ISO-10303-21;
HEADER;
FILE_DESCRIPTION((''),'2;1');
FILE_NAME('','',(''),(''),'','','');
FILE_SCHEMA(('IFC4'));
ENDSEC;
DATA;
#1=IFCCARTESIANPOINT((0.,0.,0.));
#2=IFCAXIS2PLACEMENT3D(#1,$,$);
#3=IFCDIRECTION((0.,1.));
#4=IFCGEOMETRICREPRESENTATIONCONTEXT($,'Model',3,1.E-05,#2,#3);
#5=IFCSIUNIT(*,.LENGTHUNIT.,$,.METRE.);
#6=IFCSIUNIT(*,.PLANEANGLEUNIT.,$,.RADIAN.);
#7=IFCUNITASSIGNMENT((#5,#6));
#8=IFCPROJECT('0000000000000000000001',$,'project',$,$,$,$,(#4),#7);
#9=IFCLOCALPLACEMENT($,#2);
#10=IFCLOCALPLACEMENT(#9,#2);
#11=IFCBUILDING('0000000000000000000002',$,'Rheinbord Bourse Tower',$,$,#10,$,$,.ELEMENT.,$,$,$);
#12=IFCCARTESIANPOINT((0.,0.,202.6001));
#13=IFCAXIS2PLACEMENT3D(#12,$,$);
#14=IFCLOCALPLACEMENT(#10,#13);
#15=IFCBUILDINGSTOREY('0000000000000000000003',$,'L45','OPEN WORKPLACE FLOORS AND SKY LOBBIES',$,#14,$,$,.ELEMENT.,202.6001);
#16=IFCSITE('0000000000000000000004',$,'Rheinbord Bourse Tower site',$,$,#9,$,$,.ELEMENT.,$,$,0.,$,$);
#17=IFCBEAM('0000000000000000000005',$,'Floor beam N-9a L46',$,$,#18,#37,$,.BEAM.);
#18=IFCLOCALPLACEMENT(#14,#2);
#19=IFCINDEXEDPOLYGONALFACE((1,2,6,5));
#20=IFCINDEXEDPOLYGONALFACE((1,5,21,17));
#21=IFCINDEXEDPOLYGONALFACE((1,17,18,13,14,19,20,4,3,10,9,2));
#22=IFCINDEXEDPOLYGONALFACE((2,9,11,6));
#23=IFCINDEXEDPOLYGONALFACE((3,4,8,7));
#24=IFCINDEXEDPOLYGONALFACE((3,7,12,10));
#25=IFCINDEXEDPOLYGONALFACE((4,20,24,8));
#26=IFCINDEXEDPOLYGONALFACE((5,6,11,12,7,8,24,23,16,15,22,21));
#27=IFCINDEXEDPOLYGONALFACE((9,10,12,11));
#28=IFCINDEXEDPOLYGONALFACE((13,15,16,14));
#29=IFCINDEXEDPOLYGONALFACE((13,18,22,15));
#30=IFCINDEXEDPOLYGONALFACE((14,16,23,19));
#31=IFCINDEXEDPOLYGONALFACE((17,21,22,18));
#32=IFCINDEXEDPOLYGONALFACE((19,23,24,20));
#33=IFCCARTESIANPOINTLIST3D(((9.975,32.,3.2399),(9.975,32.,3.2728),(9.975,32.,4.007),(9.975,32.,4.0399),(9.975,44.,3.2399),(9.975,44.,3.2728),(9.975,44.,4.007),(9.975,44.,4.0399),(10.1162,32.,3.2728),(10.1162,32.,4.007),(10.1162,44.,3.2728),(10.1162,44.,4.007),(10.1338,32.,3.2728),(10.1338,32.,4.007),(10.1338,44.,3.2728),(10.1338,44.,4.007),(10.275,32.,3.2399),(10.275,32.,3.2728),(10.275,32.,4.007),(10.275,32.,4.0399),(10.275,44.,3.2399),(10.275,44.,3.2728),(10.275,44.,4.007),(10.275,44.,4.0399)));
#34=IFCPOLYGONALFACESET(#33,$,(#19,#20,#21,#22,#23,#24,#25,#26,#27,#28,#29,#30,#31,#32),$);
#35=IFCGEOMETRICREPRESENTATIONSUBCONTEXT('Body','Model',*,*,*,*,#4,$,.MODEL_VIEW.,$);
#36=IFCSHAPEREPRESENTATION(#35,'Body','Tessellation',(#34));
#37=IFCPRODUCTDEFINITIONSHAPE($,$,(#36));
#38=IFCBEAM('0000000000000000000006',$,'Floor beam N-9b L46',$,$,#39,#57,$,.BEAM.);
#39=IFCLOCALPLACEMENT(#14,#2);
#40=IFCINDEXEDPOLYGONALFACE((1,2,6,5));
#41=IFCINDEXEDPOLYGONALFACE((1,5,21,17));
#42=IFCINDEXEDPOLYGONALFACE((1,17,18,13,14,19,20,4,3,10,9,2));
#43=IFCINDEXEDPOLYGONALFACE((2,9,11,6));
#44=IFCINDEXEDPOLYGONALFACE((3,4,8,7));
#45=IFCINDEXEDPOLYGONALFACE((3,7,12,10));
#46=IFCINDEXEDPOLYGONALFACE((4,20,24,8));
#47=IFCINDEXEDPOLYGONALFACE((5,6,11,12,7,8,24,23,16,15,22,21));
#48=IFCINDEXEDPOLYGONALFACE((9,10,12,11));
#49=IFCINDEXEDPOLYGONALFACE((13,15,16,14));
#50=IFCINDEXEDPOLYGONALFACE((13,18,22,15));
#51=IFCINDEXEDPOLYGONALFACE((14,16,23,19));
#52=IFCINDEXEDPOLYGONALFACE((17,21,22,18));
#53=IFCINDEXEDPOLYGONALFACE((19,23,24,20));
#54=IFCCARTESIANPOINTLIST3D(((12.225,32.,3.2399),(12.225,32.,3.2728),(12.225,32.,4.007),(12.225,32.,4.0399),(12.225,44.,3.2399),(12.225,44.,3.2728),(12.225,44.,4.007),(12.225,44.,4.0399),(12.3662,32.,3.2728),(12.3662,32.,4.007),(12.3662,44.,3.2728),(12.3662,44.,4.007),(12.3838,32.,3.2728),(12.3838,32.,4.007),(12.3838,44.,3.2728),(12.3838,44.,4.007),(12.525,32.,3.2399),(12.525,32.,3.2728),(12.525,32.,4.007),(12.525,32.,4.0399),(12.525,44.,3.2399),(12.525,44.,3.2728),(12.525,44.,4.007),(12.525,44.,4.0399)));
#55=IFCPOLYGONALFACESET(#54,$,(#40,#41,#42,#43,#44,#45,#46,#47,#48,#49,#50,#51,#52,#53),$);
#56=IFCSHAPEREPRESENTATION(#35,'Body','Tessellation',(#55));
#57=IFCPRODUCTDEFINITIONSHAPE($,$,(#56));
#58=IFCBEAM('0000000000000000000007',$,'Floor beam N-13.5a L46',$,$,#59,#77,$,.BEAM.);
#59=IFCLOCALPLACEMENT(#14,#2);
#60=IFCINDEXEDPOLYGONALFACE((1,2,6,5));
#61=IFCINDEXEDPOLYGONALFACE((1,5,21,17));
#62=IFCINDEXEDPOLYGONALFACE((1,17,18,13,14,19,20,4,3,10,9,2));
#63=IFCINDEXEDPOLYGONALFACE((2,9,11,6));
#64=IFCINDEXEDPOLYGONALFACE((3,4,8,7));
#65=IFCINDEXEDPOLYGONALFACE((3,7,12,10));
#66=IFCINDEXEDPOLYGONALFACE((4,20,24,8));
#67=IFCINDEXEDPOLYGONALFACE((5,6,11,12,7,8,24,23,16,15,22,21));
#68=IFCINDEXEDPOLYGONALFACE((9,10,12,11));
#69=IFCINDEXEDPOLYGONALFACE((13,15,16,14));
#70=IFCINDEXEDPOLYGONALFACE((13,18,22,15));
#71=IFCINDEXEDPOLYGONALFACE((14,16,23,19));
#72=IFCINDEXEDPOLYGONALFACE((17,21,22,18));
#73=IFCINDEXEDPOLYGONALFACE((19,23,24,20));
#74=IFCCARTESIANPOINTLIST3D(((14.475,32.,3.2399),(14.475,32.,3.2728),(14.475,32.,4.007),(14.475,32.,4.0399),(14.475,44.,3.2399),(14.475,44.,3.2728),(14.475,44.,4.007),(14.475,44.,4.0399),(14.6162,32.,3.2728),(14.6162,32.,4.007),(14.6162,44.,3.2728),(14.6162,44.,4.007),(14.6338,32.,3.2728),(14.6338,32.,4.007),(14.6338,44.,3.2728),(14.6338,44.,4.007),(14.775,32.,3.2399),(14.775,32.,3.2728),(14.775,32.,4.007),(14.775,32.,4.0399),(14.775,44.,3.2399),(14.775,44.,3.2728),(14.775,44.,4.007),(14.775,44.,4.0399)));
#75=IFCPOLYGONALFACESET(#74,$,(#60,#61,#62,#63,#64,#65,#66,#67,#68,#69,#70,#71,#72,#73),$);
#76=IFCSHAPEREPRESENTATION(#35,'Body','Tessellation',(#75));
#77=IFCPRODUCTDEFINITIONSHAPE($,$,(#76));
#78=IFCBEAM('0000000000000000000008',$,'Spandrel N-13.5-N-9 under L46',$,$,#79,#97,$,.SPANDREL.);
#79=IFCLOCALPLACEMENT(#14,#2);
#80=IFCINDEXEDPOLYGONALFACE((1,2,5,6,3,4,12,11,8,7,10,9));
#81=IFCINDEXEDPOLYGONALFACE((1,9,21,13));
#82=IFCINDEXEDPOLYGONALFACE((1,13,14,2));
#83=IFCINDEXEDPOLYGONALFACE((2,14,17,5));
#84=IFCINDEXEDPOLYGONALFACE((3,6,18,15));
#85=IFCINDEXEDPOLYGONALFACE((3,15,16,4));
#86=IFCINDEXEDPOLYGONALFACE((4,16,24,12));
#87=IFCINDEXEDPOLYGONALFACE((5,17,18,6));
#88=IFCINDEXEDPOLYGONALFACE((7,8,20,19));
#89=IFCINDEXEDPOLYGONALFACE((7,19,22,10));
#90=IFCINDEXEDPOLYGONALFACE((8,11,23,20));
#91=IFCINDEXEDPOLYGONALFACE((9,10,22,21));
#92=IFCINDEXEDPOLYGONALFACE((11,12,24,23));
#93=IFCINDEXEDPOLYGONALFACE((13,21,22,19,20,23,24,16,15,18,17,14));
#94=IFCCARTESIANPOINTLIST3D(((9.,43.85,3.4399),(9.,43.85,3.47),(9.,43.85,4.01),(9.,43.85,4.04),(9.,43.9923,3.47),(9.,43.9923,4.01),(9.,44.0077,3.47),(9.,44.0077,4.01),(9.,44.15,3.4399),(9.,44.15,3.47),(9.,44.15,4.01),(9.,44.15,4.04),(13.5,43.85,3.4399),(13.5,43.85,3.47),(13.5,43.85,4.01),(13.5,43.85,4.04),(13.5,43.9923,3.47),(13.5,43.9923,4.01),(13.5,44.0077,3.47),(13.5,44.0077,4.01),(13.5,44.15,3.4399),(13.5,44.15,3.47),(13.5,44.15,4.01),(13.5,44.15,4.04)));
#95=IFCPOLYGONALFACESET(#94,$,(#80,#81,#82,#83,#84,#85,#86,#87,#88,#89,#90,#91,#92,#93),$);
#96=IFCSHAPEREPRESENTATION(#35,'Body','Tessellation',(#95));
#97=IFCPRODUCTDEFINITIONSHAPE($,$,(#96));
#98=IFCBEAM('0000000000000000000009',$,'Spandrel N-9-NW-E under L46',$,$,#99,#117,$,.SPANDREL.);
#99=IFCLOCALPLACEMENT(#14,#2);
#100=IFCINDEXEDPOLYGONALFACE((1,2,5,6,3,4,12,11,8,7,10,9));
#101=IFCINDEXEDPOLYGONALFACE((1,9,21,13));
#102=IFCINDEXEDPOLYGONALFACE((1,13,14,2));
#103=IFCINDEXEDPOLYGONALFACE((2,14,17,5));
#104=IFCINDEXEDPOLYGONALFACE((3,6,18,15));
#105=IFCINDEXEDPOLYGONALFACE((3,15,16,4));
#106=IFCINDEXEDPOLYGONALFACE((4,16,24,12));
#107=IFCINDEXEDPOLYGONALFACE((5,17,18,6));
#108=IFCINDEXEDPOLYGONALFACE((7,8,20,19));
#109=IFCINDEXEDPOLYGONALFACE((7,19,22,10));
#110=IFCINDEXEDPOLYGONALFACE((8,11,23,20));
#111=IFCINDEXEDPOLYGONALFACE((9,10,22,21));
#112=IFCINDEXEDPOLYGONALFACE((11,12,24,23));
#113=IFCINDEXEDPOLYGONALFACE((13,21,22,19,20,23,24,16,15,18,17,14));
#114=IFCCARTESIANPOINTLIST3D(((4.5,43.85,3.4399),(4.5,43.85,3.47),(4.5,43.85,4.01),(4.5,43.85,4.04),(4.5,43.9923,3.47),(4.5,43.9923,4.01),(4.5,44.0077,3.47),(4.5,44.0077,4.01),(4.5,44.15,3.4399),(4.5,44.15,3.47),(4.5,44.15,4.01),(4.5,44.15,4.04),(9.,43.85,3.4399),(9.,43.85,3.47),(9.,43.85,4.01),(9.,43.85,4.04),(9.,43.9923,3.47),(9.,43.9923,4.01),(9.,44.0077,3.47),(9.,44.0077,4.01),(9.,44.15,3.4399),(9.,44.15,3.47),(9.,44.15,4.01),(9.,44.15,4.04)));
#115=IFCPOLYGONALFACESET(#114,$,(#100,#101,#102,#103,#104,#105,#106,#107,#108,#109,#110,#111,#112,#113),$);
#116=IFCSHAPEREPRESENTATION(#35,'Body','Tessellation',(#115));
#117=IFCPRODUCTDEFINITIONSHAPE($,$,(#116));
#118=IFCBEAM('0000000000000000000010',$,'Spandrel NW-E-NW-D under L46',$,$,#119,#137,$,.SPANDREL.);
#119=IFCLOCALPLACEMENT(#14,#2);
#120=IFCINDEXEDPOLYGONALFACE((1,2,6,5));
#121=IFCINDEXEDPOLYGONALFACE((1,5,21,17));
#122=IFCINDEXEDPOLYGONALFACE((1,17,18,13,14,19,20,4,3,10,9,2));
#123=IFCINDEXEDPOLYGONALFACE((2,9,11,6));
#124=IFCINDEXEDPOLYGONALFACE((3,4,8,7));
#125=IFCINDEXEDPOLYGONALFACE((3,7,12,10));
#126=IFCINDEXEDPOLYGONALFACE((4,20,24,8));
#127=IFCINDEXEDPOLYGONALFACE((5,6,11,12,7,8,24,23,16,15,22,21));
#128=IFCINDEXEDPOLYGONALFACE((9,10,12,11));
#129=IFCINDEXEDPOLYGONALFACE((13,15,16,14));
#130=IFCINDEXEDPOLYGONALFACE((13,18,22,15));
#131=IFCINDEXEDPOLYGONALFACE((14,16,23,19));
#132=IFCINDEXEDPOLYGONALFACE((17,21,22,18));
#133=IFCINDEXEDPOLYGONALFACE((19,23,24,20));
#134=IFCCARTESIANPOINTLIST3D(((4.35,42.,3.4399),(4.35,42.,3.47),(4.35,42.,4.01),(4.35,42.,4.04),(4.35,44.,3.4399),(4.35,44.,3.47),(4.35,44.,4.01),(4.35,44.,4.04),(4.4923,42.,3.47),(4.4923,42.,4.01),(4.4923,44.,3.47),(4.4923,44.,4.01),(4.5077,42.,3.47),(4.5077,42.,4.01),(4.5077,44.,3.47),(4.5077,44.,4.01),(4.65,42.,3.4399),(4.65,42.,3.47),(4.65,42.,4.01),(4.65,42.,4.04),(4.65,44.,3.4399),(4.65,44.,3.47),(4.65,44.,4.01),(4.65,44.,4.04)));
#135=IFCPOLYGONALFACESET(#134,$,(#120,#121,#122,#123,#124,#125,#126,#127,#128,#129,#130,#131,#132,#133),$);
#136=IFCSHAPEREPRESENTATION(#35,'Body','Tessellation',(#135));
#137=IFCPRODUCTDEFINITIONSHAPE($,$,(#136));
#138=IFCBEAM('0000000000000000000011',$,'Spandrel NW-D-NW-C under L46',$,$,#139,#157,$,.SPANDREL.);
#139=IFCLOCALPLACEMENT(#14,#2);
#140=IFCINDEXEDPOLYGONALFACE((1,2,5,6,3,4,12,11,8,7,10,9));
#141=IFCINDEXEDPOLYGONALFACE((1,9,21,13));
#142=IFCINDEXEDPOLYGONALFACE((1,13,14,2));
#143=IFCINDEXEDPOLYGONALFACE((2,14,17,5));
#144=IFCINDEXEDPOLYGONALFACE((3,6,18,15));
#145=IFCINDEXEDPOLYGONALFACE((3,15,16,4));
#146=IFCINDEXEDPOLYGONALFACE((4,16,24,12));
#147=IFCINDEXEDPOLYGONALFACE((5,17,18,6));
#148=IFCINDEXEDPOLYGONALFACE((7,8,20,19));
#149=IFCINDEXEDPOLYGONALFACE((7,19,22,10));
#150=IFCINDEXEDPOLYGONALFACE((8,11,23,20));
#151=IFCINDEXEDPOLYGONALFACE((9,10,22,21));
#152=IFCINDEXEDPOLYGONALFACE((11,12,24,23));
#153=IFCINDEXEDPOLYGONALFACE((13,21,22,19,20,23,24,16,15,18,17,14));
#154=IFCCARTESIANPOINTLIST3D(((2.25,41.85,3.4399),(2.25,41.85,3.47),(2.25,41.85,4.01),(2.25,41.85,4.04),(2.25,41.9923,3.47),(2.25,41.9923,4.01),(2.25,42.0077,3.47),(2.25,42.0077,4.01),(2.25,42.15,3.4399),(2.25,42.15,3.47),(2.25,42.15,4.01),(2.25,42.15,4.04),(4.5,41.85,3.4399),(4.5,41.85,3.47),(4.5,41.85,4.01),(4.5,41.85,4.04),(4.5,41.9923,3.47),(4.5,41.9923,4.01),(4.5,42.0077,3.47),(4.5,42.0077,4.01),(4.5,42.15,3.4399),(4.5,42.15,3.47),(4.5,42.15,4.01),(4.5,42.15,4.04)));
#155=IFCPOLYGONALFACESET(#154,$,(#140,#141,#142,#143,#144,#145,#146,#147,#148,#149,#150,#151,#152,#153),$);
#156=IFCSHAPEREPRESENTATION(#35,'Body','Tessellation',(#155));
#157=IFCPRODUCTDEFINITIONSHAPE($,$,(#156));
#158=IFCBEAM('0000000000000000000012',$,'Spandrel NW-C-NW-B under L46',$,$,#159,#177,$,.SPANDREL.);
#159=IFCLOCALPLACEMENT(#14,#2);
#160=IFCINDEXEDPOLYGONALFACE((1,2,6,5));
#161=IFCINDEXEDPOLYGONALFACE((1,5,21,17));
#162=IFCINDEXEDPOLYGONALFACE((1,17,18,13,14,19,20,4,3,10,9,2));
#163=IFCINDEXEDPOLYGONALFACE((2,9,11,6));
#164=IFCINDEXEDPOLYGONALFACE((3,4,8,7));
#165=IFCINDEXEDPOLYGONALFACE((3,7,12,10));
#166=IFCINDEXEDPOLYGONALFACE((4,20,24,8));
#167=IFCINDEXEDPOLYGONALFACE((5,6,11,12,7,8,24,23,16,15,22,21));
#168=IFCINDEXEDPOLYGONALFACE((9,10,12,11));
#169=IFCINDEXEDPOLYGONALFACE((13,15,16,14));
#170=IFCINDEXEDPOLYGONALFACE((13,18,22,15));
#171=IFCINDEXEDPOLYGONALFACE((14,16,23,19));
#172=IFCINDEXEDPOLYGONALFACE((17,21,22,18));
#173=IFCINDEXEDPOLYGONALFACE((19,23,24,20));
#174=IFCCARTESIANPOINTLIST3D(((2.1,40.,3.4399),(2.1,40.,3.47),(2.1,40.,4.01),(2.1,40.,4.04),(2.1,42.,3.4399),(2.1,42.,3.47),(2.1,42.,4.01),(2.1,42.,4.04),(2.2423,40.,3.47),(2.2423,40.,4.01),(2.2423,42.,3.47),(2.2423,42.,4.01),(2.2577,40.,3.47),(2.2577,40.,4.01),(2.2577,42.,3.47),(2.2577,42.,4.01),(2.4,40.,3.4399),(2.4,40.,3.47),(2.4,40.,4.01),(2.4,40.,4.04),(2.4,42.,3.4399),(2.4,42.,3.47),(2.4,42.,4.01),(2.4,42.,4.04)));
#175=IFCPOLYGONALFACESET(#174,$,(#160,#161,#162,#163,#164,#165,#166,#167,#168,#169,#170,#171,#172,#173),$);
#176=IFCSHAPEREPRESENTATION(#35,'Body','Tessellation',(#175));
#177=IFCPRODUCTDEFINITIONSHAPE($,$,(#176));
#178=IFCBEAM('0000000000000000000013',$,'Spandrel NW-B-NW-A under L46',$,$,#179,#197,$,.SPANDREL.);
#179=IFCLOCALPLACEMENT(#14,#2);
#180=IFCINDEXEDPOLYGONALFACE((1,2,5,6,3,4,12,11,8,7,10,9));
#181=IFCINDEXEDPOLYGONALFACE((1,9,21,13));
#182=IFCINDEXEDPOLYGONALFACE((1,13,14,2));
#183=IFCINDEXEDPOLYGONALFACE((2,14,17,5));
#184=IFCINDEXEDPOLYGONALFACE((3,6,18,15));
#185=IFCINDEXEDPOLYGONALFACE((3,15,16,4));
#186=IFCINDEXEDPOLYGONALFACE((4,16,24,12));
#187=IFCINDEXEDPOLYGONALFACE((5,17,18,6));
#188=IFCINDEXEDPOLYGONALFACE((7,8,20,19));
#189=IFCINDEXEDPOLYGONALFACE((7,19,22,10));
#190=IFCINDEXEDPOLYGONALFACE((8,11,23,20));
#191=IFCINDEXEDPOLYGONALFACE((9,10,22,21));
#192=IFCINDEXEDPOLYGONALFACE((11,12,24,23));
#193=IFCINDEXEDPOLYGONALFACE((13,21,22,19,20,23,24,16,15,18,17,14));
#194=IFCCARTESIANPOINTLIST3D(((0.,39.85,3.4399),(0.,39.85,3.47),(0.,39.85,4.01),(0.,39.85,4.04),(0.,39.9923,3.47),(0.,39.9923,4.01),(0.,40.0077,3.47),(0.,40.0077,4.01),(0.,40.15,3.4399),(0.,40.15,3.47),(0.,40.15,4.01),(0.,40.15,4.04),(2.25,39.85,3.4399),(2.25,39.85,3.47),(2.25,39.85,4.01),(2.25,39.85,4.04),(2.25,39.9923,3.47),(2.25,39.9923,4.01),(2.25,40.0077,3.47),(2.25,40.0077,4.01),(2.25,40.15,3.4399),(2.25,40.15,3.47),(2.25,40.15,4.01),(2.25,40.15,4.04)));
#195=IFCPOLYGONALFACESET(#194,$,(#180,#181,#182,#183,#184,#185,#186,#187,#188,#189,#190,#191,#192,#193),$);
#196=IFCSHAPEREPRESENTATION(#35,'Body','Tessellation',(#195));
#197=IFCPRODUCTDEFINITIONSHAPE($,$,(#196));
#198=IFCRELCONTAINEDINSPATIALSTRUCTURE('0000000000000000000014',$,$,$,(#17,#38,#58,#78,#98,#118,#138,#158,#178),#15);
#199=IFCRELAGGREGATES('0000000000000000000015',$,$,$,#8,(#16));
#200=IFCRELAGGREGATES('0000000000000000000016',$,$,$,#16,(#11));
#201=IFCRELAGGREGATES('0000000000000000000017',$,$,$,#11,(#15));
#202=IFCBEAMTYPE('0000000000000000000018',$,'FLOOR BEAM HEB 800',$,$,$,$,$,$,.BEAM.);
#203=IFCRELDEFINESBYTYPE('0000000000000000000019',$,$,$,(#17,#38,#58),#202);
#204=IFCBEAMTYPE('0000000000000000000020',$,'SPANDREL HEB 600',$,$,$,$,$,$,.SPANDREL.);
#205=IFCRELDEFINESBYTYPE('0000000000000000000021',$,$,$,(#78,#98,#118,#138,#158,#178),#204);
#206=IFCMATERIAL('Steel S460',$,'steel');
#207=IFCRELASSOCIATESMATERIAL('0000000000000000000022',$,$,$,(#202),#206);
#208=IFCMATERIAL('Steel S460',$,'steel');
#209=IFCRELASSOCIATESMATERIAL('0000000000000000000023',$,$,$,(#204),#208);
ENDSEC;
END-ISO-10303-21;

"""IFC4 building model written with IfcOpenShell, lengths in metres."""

from ifc_helpers import new_model, si_unit, direction, frame, origin, origin_2d, place, context, subcontext, project, spatial, i_section, extrude, material, material_profile, profile_set, type_object, element, save


model = new_model("IFC4")

# Units and contexts
model_context = context("Model", 3, precision=1e-05, world=origin(), true_north=direction((0.0, 1.0)))
body_context = subcontext(model_context, "Body", "Model", "MODEL_VIEW")
ifc_project = project(units=[si_unit("LENGTHUNIT", "METRE"), si_unit("PLANEANGLEUNIT", "RADIAN")], contexts=[model_context])

# Site, building, storey
site_placement = place(None, origin())
site = spatial("IfcSite", under=ifc_project, at=site_placement, Name="Rheinbord Bourse Tower site", CompositionType="ELEMENT", RefElevation=0.0)
building_placement = place(site_placement, origin())
building = spatial("IfcBuilding", under=site, at=building_placement, Name="Rheinbord Bourse Tower", CompositionType="ELEMENT")
storey_placement = place(building_placement, frame((0.0, 0.0, 202.6001)))
storey = spatial("IfcBuildingStorey", under=building, at=storey_placement, Name="L45", Description="OPEN WORKPLACE FLOORS AND SKY LOBBIES", CompositionType="ELEMENT", Elevation=202.6001)

# Beams
ifc_material_1 = material(Name="Steel S460", Category="steel")
ifc_material_profile_1 = material_profile(ifc_material_1, i_section(OverallWidth=0.3, OverallDepth=0.8, WebThickness=0.0176, FlangeThickness=0.033, at=origin_2d()), Name="HEB 800")
ifc_profile_set_1 = profile_set([ifc_material_profile_1], Name="Steel S460")
beam_type_1 = type_object("IfcBeamType", Name="FLOOR BEAM HEB 800", PredefinedType="BEAM", material=ifc_profile_set_1)
for number, where, z_axis, x_axis, name in (
    (1, (10.125, 44.0, 3.6399), (0.0, -1.0, 0.0), (1.0, 0.0, 0.0), "Floor beam N-9a L46"),
    (2, (12.375, 44.0, 3.6399), (0.0, -1.0, 0.0), (1.0, 0.0, 0.0), "Floor beam N-9b L46"),
    (3, (14.625, 44.0, 3.6399), (0.0, -1.0, 0.0), (1.0, 0.0, 0.0), "Floor beam N-13.5a L46"),
):
    element("IfcBeam", number, at=place(storey_placement, frame(where, z_axis=z_axis, x_axis=x_axis)), inside=storey, type_object=beam_type_1, Name=name, PredefinedType="BEAM", context=body_context, shape_type="SweptSolid", body=[
        extrude(i_section(OverallWidth=0.3, OverallDepth=0.8, WebThickness=0.0176, FlangeThickness=0.033, at=origin_2d()), origin(), (0.0, 0.0, 1.0), 12.0),
    ])
ifc_material_2 = material(Name="Steel S460", Category="steel")
ifc_material_profile_2 = material_profile(ifc_material_2, i_section(OverallWidth=0.3, OverallDepth=0.6001, WebThickness=0.0154, FlangeThickness=0.03, at=origin_2d()), Name="HEB 600")
ifc_profile_set_2 = profile_set([ifc_material_profile_2], Name="Steel S460")
beam_type_2 = type_object("IfcBeamType", Name="SPANDREL HEB 600", PredefinedType="SPANDREL", material=ifc_profile_set_2)
for number, where, z_axis, x_axis, name in (
    (4, (13.5, 44.0, 3.74), (-1.0, 0.0, 0.0), (0.0, -1.0, 0.0), "Spandrel N-13.5-N-9 under L46"),
    (5, (9.0, 44.0, 3.74), (-1.0, 0.0, 0.0), (0.0, -1.0, 0.0), "Spandrel N-9-NW-E under L46"),
):
    element("IfcBeam", number, at=place(storey_placement, frame(where, z_axis=z_axis, x_axis=x_axis)), inside=storey, type_object=beam_type_2, Name=name, PredefinedType="SPANDREL", context=body_context, shape_type="SweptSolid", body=[
        extrude(i_section(OverallWidth=0.3, OverallDepth=0.6001, WebThickness=0.0154, FlangeThickness=0.03, at=origin_2d()), origin(), (0.0, 0.0, 1.0), 4.5),
    ])
beam_1_placement = place(storey_placement, frame((4.5, 44.0, 3.74), z_axis=(0.0, -1.0, 0.0), x_axis=(1.0, 0.0, 0.0)))
element("IfcBeam", 6, at=beam_1_placement, inside=storey, type_object=beam_type_2, Name="Spandrel NW-E-NW-D under L46", PredefinedType="SPANDREL", context=body_context, shape_type="SweptSolid", body=[
    extrude(i_section(OverallWidth=0.3, OverallDepth=0.6001, WebThickness=0.0154, FlangeThickness=0.03, at=origin_2d()), origin(), (0.0, 0.0, 1.0), 2.0),
])
beam_2_placement = place(storey_placement, frame((4.5, 42.0, 3.74), z_axis=(-1.0, 0.0, 0.0), x_axis=(0.0, -1.0, 0.0)))
element("IfcBeam", 7, at=beam_2_placement, inside=storey, type_object=beam_type_2, Name="Spandrel NW-D-NW-C under L46", PredefinedType="SPANDREL", context=body_context, shape_type="SweptSolid", body=[
    extrude(i_section(OverallWidth=0.3, OverallDepth=0.6001, WebThickness=0.0154, FlangeThickness=0.03, at=origin_2d()), origin(), (0.0, 0.0, 1.0), 2.25),
])
beam_3_placement = place(storey_placement, frame((2.25, 42.0, 3.74), z_axis=(0.0, -1.0, 0.0), x_axis=(1.0, 0.0, 0.0)))
element("IfcBeam", 8, at=beam_3_placement, inside=storey, type_object=beam_type_2, Name="Spandrel NW-C-NW-B under L46", PredefinedType="SPANDREL", context=body_context, shape_type="SweptSolid", body=[
    extrude(i_section(OverallWidth=0.3, OverallDepth=0.6001, WebThickness=0.0154, FlangeThickness=0.03, at=origin_2d()), origin(), (0.0, 0.0, 1.0), 2.0),
])
beam_4_placement = place(storey_placement, frame((2.25, 40.0, 3.74), z_axis=(-1.0, 0.0, 0.0), x_axis=(0.0, -1.0, 0.0)))
element("IfcBeam", 9, at=beam_4_placement, inside=storey, type_object=beam_type_2, Name="Spandrel NW-B-NW-A under L46", PredefinedType="SPANDREL", context=body_context, shape_type="SweptSolid", body=[
    extrude(i_section(OverallWidth=0.3, OverallDepth=0.6001, WebThickness=0.0154, FlangeThickness=0.03, at=origin_2d()), origin(), (0.0, 0.0, 1.0), 2.25),
])

save(model, "model.ifc")
